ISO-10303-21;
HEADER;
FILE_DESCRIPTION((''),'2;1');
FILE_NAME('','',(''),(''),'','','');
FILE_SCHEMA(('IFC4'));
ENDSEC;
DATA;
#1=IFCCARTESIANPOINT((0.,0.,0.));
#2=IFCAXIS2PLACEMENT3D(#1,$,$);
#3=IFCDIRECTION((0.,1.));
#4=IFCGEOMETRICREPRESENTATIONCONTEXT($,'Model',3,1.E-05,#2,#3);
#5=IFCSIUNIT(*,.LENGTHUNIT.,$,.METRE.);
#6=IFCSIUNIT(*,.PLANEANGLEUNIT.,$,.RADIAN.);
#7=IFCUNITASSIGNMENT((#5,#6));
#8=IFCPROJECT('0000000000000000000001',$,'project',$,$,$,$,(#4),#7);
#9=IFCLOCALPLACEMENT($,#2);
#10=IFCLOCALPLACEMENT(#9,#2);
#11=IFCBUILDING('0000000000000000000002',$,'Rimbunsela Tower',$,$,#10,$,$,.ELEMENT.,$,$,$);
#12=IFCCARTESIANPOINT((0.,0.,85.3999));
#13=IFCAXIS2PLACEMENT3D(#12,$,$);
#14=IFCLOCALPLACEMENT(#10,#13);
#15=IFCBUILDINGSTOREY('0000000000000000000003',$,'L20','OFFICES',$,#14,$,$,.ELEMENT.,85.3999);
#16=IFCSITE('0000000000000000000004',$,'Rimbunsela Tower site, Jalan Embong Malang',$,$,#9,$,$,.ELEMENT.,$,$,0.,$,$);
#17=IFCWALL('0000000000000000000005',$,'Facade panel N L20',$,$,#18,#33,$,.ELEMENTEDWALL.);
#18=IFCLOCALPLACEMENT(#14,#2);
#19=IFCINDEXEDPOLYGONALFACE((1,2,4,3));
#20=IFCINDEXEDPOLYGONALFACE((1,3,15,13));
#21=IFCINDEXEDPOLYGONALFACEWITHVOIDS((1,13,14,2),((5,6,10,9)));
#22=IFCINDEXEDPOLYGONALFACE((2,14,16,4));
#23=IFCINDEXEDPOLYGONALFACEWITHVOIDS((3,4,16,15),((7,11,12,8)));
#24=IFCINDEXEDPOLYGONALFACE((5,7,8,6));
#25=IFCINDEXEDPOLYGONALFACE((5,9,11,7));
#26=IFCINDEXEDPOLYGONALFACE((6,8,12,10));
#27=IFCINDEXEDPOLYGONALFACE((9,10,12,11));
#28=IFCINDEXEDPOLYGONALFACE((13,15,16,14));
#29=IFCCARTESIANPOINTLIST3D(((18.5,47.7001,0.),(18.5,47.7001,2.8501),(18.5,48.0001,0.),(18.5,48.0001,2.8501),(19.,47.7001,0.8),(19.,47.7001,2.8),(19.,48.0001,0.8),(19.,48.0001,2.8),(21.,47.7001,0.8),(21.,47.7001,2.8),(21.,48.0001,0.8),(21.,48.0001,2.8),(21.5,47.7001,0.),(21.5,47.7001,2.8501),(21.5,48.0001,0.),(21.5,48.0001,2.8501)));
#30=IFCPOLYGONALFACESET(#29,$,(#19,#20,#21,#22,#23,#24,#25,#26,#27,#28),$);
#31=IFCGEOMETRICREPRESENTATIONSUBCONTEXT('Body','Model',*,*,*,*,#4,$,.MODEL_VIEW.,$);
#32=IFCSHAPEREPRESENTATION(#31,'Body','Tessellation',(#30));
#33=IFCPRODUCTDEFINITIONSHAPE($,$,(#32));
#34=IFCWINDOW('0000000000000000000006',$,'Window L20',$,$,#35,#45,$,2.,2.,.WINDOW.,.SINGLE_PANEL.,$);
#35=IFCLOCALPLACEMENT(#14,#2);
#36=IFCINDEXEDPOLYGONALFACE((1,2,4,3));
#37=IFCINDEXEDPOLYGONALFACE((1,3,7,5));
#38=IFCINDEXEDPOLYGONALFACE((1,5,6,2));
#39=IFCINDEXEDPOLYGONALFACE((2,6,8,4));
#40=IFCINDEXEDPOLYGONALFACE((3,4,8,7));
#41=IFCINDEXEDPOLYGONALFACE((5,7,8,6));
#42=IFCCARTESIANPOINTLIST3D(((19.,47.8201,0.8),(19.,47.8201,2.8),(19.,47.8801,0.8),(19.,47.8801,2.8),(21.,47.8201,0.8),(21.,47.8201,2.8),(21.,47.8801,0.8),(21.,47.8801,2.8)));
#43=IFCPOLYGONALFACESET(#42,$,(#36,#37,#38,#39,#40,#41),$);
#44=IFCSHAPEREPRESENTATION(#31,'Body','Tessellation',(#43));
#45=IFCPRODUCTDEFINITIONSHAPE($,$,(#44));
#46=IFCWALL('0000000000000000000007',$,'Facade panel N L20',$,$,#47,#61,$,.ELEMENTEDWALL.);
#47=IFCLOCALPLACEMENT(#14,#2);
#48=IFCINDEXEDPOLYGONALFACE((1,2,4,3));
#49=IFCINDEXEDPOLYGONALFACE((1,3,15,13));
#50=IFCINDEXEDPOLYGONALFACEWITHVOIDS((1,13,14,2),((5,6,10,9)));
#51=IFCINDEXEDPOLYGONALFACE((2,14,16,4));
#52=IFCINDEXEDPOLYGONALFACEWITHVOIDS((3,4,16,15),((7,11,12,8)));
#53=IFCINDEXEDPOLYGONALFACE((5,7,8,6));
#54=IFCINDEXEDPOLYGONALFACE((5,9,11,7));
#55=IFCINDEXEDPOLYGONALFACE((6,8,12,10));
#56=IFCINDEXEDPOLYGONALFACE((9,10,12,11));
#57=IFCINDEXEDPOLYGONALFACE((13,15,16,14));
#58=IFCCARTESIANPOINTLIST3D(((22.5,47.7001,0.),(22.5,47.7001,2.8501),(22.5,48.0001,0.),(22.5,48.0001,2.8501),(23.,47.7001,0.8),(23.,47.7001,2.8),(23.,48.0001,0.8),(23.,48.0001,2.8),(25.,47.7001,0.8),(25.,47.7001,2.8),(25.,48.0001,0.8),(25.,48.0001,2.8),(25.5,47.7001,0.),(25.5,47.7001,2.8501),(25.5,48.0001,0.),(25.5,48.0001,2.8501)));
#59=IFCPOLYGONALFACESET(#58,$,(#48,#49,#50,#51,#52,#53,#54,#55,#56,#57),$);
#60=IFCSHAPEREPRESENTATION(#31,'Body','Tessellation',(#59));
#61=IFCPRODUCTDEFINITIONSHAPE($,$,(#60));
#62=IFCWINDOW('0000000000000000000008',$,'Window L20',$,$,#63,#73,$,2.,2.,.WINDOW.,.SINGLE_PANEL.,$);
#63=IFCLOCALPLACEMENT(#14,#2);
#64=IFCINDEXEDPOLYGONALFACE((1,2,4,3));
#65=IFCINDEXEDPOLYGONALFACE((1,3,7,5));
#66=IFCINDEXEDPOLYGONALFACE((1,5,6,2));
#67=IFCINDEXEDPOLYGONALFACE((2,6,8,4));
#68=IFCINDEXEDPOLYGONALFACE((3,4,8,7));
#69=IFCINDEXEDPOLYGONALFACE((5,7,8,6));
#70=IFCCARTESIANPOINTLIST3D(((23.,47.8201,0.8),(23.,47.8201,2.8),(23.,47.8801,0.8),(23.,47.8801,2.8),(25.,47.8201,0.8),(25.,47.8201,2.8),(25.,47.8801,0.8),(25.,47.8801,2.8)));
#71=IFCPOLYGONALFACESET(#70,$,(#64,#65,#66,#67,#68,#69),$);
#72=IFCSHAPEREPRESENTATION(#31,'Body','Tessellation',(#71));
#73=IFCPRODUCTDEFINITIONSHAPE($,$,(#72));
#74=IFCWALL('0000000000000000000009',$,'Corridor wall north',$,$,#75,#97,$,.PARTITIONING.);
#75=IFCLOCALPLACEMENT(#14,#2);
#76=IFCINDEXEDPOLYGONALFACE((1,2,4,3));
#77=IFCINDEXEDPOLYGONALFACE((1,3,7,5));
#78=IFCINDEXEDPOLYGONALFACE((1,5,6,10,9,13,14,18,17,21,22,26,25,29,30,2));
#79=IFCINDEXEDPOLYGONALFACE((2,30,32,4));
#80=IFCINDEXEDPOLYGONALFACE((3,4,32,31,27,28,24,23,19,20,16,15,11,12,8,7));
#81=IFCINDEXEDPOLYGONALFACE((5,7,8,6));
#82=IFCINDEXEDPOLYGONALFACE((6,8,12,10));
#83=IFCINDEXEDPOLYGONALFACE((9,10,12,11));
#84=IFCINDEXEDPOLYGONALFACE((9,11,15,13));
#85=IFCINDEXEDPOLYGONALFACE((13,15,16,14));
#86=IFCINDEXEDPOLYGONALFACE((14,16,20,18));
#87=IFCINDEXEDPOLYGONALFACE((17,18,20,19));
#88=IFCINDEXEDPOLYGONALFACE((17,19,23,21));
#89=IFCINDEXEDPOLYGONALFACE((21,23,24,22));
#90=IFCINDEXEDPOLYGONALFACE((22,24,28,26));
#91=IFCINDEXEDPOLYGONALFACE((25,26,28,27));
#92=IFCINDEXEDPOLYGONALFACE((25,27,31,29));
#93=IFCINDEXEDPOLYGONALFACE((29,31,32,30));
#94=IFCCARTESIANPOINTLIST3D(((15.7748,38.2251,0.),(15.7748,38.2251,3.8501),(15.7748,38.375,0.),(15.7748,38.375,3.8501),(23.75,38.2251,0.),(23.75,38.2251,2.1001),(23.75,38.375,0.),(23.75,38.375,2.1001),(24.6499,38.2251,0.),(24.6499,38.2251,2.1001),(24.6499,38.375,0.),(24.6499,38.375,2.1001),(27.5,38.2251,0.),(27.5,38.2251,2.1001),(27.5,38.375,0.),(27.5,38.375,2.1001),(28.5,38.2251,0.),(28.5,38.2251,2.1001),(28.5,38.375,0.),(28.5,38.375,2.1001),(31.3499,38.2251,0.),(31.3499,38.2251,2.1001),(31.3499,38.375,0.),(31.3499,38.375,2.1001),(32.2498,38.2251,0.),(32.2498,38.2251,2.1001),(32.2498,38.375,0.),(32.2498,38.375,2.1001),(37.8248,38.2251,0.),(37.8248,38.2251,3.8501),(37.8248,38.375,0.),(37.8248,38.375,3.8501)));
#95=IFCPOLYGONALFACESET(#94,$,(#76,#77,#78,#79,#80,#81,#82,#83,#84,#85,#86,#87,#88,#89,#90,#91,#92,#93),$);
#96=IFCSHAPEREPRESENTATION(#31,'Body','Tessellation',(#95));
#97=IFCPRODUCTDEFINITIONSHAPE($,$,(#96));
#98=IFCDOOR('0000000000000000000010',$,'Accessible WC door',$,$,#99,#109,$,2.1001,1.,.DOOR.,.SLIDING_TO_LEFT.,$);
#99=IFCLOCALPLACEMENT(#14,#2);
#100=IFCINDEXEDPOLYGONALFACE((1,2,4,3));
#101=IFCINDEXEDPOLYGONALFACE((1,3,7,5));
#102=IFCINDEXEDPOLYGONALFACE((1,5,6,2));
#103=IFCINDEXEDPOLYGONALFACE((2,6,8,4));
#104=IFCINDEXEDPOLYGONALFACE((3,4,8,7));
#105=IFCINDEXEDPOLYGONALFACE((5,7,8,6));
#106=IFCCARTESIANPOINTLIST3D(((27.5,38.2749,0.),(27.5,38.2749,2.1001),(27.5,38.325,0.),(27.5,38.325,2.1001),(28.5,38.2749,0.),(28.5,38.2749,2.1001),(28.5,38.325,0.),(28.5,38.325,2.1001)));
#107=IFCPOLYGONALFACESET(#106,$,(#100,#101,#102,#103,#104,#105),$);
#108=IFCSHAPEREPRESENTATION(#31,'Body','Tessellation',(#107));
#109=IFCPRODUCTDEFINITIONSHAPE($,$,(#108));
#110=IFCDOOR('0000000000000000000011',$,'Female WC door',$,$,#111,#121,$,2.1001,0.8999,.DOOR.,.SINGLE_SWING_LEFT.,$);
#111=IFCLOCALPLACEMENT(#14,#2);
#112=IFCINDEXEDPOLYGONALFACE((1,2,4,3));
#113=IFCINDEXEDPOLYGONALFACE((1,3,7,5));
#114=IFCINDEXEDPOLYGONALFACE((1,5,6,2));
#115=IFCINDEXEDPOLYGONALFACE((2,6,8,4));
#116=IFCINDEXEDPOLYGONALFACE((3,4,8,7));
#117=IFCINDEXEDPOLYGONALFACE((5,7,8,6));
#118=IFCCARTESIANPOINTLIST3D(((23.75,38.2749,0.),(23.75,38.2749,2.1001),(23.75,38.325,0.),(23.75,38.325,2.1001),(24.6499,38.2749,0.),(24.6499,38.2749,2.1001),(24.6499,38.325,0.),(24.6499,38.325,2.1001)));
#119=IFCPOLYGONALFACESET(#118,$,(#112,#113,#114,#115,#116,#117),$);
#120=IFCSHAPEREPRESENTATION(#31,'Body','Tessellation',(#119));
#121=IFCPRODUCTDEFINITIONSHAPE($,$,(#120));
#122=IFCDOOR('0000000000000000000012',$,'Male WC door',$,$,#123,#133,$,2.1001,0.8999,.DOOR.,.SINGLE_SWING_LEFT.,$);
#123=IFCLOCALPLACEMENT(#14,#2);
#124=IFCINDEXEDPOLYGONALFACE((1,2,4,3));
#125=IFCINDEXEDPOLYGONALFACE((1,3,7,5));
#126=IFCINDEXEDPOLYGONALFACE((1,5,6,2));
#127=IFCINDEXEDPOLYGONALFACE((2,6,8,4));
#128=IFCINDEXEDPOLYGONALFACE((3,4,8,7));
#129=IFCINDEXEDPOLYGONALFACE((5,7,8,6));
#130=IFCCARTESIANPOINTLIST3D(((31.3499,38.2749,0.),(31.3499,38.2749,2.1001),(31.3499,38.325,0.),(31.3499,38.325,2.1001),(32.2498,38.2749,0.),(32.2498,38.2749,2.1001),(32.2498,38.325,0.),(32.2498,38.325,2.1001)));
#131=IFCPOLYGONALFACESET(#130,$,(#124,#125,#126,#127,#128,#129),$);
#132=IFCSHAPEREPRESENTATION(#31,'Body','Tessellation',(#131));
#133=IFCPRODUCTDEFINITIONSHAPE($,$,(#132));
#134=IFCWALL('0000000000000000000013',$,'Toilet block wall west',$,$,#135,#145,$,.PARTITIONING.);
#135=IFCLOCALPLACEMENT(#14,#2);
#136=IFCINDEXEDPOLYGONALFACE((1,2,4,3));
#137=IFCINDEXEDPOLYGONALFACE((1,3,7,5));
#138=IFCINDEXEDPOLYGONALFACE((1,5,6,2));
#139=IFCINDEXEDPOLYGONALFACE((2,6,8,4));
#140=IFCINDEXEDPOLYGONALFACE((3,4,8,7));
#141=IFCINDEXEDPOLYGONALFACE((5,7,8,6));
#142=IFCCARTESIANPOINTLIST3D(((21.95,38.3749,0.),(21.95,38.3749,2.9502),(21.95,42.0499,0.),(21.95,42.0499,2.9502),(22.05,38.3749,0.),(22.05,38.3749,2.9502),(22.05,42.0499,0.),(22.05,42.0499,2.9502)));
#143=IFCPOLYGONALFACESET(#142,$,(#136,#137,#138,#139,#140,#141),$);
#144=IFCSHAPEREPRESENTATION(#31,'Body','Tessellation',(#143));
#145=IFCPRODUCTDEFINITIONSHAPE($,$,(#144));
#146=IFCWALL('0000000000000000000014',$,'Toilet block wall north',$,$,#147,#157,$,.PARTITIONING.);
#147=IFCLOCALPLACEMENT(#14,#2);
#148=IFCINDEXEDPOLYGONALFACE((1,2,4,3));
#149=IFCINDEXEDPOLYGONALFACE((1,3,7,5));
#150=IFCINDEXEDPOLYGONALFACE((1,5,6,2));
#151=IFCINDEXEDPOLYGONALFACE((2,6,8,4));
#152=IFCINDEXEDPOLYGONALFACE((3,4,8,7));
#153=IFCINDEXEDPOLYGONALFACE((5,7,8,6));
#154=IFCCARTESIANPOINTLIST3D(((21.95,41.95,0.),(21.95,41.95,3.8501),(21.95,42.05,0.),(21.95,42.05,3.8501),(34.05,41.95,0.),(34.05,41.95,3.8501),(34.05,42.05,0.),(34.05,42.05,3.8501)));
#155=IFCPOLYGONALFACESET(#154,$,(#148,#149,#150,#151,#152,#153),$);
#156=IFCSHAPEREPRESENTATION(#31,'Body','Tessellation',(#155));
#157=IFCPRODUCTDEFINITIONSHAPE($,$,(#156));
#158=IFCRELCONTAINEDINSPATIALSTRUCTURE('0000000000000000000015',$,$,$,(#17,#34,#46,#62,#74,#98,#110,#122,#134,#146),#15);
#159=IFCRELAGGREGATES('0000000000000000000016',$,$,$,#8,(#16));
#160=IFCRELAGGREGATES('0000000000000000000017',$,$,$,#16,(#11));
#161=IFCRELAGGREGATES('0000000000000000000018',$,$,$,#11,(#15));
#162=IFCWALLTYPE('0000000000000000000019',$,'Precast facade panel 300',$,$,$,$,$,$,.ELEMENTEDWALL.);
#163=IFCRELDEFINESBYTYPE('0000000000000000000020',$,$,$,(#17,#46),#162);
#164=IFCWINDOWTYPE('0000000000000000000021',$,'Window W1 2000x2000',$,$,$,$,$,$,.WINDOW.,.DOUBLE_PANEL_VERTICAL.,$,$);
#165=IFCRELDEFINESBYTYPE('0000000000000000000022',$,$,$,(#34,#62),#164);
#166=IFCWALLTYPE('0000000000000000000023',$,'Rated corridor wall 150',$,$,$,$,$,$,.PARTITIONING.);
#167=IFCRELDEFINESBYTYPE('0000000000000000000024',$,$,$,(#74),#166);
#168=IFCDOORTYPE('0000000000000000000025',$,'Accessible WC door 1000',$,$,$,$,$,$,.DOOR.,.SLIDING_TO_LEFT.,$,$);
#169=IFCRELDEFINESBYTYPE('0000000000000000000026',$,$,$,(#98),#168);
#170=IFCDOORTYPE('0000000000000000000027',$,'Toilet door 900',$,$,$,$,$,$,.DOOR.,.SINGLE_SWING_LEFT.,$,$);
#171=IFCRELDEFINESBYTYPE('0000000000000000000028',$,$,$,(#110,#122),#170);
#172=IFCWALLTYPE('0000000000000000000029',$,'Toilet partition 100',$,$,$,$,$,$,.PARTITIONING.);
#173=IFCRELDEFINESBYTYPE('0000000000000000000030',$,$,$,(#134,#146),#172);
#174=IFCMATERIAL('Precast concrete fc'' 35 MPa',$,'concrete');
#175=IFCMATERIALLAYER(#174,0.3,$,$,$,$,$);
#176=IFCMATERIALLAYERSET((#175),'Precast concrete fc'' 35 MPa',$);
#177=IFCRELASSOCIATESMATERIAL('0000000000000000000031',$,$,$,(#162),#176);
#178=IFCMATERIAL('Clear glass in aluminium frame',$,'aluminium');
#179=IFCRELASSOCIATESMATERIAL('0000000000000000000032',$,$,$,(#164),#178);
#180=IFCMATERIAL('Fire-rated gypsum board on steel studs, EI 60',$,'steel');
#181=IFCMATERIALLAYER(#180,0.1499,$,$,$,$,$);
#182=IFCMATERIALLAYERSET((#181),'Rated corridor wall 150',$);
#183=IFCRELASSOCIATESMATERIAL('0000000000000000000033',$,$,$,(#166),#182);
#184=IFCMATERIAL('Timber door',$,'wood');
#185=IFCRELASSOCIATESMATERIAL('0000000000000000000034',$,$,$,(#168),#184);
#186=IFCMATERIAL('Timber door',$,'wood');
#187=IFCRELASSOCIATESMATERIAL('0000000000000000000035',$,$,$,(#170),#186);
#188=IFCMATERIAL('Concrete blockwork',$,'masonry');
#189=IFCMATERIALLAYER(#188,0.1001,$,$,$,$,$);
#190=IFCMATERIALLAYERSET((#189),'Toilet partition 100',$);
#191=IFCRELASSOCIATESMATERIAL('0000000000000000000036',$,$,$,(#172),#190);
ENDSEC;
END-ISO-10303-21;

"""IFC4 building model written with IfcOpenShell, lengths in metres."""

from ifc_helpers import new_model, si_unit, direction, frame, frame_2d, origin, place, context, subcontext, project, spatial, rectangle, extrude, material, layer, layer_set, type_object, element, fill, save


model = new_model("IFC4")

# Units and contexts
model_context = context("Model", 3, precision=1e-05, world=origin(), true_north=direction((0.0, 1.0)))
body_context = subcontext(model_context, "Body", "Model", "MODEL_VIEW")
ifc_project = project(units=[si_unit("LENGTHUNIT", "METRE"), si_unit("PLANEANGLEUNIT", "RADIAN")], contexts=[model_context])

# Site, building, storey
site_placement = place(None, origin())
site = spatial("IfcSite", under=ifc_project, at=site_placement, Name="Rimbunsela Tower site, Jalan Embong Malang", CompositionType="ELEMENT", RefElevation=0.0)
building_placement = place(site_placement, origin())
building = spatial("IfcBuilding", under=site, at=building_placement, Name="Rimbunsela Tower", CompositionType="ELEMENT")
storey_placement = place(building_placement, frame((0.0, 0.0, 85.3999)))
storey = spatial("IfcBuildingStorey", under=building, at=storey_placement, Name="L20", Description="OFFICES", CompositionType="ELEMENT", Elevation=85.3999)

# Walls, openings, windows
ifc_material_1 = material(Name="Precast concrete fc' 35 MPa", Category="concrete")
ifc_layer_1 = layer(ifc_material_1, 0.3)
ifc_layer_set_1 = layer_set([ifc_layer_1], Name="Precast concrete fc' 35 MPa")
wall_type_1 = type_object("IfcWallType", Name="Precast facade panel 300", PredefinedType="ELEMENTEDWALL", material=ifc_layer_set_1)
ifc_material_2 = material(Name="Clear glass in aluminium frame", Category="aluminium")
window_type = type_object("IfcWindowType", Name="Window W1 2000x2000", PartitioningType="DOUBLE_PANEL_VERTICAL", PredefinedType="WINDOW", material=ifc_material_2)
wall_1_placement = place(storey_placement, frame((21.5, 47.8501, 0.0), z_axis=(0.0, 0.0, 1.0), x_axis=(-1.0, 0.0, 0.0)))
wall_1 = element("IfcWall", 1, at=wall_1_placement, inside=storey, type_object=wall_type_1, Name="Facade panel N L20", PredefinedType="ELEMENTEDWALL", context=body_context, shape_type="SweptSolid", body=[
    extrude(rectangle(XDim=3.0, YDim=0.3, at=frame_2d((1.5, 0.0))), origin(), (0.0, 0.0, 1.0), 2.8501),
])
opening_1_placement = place(wall_1_placement, frame((0.5, 0.0, 0.8)))
opening_1 = element("IfcOpeningElement", 2, at=opening_1_placement, cuts=wall_1, PredefinedType="OPENING", context=body_context, shape_type="SweptSolid", body=[
    extrude(rectangle(XDim=2.0, YDim=2.0, at=frame_2d((1.0, 1.0))), frame((0.0, 0.1599, 0.0), z_axis=(0.0, -1.0, 0.0), x_axis=(1.0, 0.0, 0.0)), (0.0, 0.0, 1.0), 0.3201),
])
window_1_placement = place(opening_1_placement, origin())
window_1 = element("IfcWindow", 3, at=window_1_placement, inside=storey, type_object=window_type, Name="Window L20", OverallHeight=2.0, OverallWidth=2.0, PartitioningType="SINGLE_PANEL", PredefinedType="WINDOW", context=body_context, shape_type="SweptSolid", body=[
    extrude(rectangle(XDim=2.0, YDim=2.0, at=frame_2d((1.0, 1.0))), frame((0.0, 0.03, 0.0), z_axis=(0.0, -1.0, 0.0), x_axis=(1.0, 0.0, 0.0)), (0.0, 0.0, 1.0), 0.0601),
])
fill(opening_1, window_1)
wall_2_placement = place(storey_placement, frame((25.5, 47.8501, 0.0), z_axis=(0.0, 0.0, 1.0), x_axis=(-1.0, 0.0, 0.0)))
wall_2 = element("IfcWall", 4, at=wall_2_placement, inside=storey, type_object=wall_type_1, Name="Facade panel N L20", PredefinedType="ELEMENTEDWALL", context=body_context, shape_type="SweptSolid", body=[
    extrude(rectangle(XDim=3.0, YDim=0.3, at=frame_2d((1.5, 0.0))), origin(), (0.0, 0.0, 1.0), 2.8501),
])
opening_2_placement = place(wall_2_placement, frame((0.5, 0.0, 0.8)))
opening_2 = element("IfcOpeningElement", 5, at=opening_2_placement, cuts=wall_2, PredefinedType="OPENING", context=body_context, shape_type="SweptSolid", body=[
    extrude(rectangle(XDim=2.0, YDim=2.0, at=frame_2d((1.0, 1.0))), frame((0.0, 0.1599, 0.0), z_axis=(0.0, -1.0, 0.0), x_axis=(1.0, 0.0, 0.0)), (0.0, 0.0, 1.0), 0.3201),
])
window_2_placement = place(opening_2_placement, origin())
window_2 = element("IfcWindow", 6, at=window_2_placement, inside=storey, type_object=window_type, Name="Window L20", OverallHeight=2.0, OverallWidth=2.0, PartitioningType="SINGLE_PANEL", PredefinedType="WINDOW", context=body_context, shape_type="SweptSolid", body=[
    extrude(rectangle(XDim=2.0, YDim=2.0, at=frame_2d((1.0, 1.0))), frame((0.0, 0.03, 0.0), z_axis=(0.0, -1.0, 0.0), x_axis=(1.0, 0.0, 0.0)), (0.0, 0.0, 1.0), 0.0601),
])
fill(opening_2, window_2)

# Wall, openings, doors
ifc_material_3 = material(Name="Fire-rated gypsum board on steel studs, EI 60", Category="steel")
ifc_layer_2 = layer(ifc_material_3, 0.1499)
ifc_layer_set_2 = layer_set([ifc_layer_2], Name="Rated corridor wall 150")
wall_type_2 = type_object("IfcWallType", Name="Rated corridor wall 150", PredefinedType="PARTITIONING", material=ifc_layer_set_2)
wall_3_placement = place(storey_placement, frame((15.7749, 38.3, 0.0), z_axis=(0.0, 0.0, 1.0), x_axis=(1.0, 0.0, 0.0)))
wall_3 = element("IfcWall", 7, at=wall_3_placement, inside=storey, type_object=wall_type_2, Name="Corridor wall north", PredefinedType="PARTITIONING", context=body_context, shape_type="SweptSolid", body=[
    extrude(rectangle(XDim=22.05, YDim=0.1499, at=frame_2d((11.0249, 0.0))), origin(), (0.0, 0.0, 1.0), 3.8501),
])
opening_3_placement = place(wall_3_placement, frame((7.9751, 0.0, 0.0)))
opening_3 = element("IfcOpeningElement", 8, at=opening_3_placement, cuts=wall_3, PredefinedType="OPENING", context=body_context, shape_type="SweptSolid", body=[
    extrude(rectangle(XDim=0.8999, YDim=2.1001, at=frame_2d((0.45, 1.05))), frame((0.0, 0.085, 0.0), z_axis=(0.0, -1.0, 0.0), x_axis=(1.0, 0.0, 0.0)), (0.0, 0.0, 1.0), 0.1699),
])
opening_4_placement = place(wall_3_placement, frame((11.7251, 0.0, 0.0)))
opening_4 = element("IfcOpeningElement", 9, at=opening_4_placement, cuts=wall_3, PredefinedType="OPENING", context=body_context, shape_type="SweptSolid", body=[
    extrude(rectangle(XDim=1.0, YDim=2.1001, at=frame_2d((0.5, 1.05))), frame((0.0, 0.085, 0.0), z_axis=(0.0, -1.0, 0.0), x_axis=(1.0, 0.0, 0.0)), (0.0, 0.0, 1.0), 0.1699),
])
opening_5_placement = place(wall_3_placement, frame((15.575, 0.0, 0.0)))
opening_5 = element("IfcOpeningElement", 10, at=opening_5_placement, cuts=wall_3, PredefinedType="OPENING", context=body_context, shape_type="SweptSolid", body=[
    extrude(rectangle(XDim=0.8999, YDim=2.1001, at=frame_2d((0.45, 1.05))), frame((0.0, 0.085, 0.0), z_axis=(0.0, -1.0, 0.0), x_axis=(1.0, 0.0, 0.0)), (0.0, 0.0, 1.0), 0.1699),
])
ifc_material_4 = material(Name="Timber door", Category="wood")
door_type_1 = type_object("IfcDoorType", Name="Accessible WC door 1000", OperationType="SLIDING_TO_LEFT", PredefinedType="DOOR", material=ifc_material_4)
door_1_placement = place(opening_4_placement, origin())
door_1 = element("IfcDoor", 11, at=door_1_placement, inside=storey, type_object=door_type_1, Name="Accessible WC door", OperationType="SLIDING_TO_LEFT", OverallHeight=2.1001, OverallWidth=1.0, PredefinedType="DOOR", context=body_context, shape_type="SweptSolid", body=[
    extrude(rectangle(XDim=1.0, YDim=2.1001, at=frame_2d((0.5, 1.05))), frame((0.0, 0.0249, 0.0), z_axis=(0.0, -1.0, 0.0), x_axis=(1.0, 0.0, 0.0)), (0.0, 0.0, 1.0), 0.05),
])
fill(opening_4, door_1)
ifc_material_5 = material(Name="Timber door", Category="wood")
door_type_2 = type_object("IfcDoorType", Name="Toilet door 900", OperationType="SINGLE_SWING_LEFT", PredefinedType="DOOR", material=ifc_material_5)
door_2_placement = place(opening_3_placement, origin())
door_2 = element("IfcDoor", 12, at=door_2_placement, inside=storey, type_object=door_type_2, Name="Female WC door", OperationType="SINGLE_SWING_LEFT", OverallHeight=2.1001, OverallWidth=0.8999, PredefinedType="DOOR", context=body_context, shape_type="SweptSolid", body=[
    extrude(rectangle(XDim=0.8999, YDim=2.1001, at=frame_2d((0.45, 1.05))), frame((0.0, 0.0249, 0.0), z_axis=(0.0, -1.0, 0.0), x_axis=(1.0, 0.0, 0.0)), (0.0, 0.0, 1.0), 0.05),
])
fill(opening_3, door_2)
door_3_placement = place(opening_5_placement, origin())
door_3 = element("IfcDoor", 13, at=door_3_placement, inside=storey, type_object=door_type_2, Name="Male WC door", OperationType="SINGLE_SWING_LEFT", OverallHeight=2.1001, OverallWidth=0.8999, PredefinedType="DOOR", context=body_context, shape_type="SweptSolid", body=[
    extrude(rectangle(XDim=0.8999, YDim=2.1001, at=frame_2d((0.45, 1.05))), frame((0.0, 0.0249, 0.0), z_axis=(0.0, -1.0, 0.0), x_axis=(1.0, 0.0, 0.0)), (0.0, 0.0, 1.0), 0.05),
])
fill(opening_5, door_3)

# Walls
ifc_material_6 = material(Name="Concrete blockwork", Category="masonry")
ifc_layer_3 = layer(ifc_material_6, 0.1001)
ifc_layer_set_3 = layer_set([ifc_layer_3], Name="Toilet partition 100")
wall_type_3 = type_object("IfcWallType", Name="Toilet partition 100", PredefinedType="PARTITIONING", material=ifc_layer_set_3)
wall_4_placement = place(storey_placement, frame((22.0, 38.375, 0.0), z_axis=(0.0, 0.0, 1.0), x_axis=(0.0, 1.0, 0.0)))
element("IfcWall", 14, at=wall_4_placement, inside=storey, type_object=wall_type_3, Name="Toilet block wall west", PredefinedType="PARTITIONING", context=body_context, shape_type="SweptSolid", body=[
    extrude(rectangle(XDim=3.675, YDim=0.1001, at=frame_2d((1.8374, 0.0))), origin(), (0.0, 0.0, 1.0), 2.9502),
])
wall_5_placement = place(storey_placement, frame((21.95, 42.0, 0.0), z_axis=(0.0, 0.0, 1.0), x_axis=(1.0, 0.0, 0.0)))
element("IfcWall", 15, at=wall_5_placement, inside=storey, type_object=wall_type_3, Name="Toilet block wall north", PredefinedType="PARTITIONING", context=body_context, shape_type="SweptSolid", body=[
    extrude(rectangle(XDim=12.1001, YDim=0.1001, at=frame_2d((6.05, 0.0))), origin(), (0.0, 0.0, 1.0), 3.8501),
])

save(model, "model.ifc")
